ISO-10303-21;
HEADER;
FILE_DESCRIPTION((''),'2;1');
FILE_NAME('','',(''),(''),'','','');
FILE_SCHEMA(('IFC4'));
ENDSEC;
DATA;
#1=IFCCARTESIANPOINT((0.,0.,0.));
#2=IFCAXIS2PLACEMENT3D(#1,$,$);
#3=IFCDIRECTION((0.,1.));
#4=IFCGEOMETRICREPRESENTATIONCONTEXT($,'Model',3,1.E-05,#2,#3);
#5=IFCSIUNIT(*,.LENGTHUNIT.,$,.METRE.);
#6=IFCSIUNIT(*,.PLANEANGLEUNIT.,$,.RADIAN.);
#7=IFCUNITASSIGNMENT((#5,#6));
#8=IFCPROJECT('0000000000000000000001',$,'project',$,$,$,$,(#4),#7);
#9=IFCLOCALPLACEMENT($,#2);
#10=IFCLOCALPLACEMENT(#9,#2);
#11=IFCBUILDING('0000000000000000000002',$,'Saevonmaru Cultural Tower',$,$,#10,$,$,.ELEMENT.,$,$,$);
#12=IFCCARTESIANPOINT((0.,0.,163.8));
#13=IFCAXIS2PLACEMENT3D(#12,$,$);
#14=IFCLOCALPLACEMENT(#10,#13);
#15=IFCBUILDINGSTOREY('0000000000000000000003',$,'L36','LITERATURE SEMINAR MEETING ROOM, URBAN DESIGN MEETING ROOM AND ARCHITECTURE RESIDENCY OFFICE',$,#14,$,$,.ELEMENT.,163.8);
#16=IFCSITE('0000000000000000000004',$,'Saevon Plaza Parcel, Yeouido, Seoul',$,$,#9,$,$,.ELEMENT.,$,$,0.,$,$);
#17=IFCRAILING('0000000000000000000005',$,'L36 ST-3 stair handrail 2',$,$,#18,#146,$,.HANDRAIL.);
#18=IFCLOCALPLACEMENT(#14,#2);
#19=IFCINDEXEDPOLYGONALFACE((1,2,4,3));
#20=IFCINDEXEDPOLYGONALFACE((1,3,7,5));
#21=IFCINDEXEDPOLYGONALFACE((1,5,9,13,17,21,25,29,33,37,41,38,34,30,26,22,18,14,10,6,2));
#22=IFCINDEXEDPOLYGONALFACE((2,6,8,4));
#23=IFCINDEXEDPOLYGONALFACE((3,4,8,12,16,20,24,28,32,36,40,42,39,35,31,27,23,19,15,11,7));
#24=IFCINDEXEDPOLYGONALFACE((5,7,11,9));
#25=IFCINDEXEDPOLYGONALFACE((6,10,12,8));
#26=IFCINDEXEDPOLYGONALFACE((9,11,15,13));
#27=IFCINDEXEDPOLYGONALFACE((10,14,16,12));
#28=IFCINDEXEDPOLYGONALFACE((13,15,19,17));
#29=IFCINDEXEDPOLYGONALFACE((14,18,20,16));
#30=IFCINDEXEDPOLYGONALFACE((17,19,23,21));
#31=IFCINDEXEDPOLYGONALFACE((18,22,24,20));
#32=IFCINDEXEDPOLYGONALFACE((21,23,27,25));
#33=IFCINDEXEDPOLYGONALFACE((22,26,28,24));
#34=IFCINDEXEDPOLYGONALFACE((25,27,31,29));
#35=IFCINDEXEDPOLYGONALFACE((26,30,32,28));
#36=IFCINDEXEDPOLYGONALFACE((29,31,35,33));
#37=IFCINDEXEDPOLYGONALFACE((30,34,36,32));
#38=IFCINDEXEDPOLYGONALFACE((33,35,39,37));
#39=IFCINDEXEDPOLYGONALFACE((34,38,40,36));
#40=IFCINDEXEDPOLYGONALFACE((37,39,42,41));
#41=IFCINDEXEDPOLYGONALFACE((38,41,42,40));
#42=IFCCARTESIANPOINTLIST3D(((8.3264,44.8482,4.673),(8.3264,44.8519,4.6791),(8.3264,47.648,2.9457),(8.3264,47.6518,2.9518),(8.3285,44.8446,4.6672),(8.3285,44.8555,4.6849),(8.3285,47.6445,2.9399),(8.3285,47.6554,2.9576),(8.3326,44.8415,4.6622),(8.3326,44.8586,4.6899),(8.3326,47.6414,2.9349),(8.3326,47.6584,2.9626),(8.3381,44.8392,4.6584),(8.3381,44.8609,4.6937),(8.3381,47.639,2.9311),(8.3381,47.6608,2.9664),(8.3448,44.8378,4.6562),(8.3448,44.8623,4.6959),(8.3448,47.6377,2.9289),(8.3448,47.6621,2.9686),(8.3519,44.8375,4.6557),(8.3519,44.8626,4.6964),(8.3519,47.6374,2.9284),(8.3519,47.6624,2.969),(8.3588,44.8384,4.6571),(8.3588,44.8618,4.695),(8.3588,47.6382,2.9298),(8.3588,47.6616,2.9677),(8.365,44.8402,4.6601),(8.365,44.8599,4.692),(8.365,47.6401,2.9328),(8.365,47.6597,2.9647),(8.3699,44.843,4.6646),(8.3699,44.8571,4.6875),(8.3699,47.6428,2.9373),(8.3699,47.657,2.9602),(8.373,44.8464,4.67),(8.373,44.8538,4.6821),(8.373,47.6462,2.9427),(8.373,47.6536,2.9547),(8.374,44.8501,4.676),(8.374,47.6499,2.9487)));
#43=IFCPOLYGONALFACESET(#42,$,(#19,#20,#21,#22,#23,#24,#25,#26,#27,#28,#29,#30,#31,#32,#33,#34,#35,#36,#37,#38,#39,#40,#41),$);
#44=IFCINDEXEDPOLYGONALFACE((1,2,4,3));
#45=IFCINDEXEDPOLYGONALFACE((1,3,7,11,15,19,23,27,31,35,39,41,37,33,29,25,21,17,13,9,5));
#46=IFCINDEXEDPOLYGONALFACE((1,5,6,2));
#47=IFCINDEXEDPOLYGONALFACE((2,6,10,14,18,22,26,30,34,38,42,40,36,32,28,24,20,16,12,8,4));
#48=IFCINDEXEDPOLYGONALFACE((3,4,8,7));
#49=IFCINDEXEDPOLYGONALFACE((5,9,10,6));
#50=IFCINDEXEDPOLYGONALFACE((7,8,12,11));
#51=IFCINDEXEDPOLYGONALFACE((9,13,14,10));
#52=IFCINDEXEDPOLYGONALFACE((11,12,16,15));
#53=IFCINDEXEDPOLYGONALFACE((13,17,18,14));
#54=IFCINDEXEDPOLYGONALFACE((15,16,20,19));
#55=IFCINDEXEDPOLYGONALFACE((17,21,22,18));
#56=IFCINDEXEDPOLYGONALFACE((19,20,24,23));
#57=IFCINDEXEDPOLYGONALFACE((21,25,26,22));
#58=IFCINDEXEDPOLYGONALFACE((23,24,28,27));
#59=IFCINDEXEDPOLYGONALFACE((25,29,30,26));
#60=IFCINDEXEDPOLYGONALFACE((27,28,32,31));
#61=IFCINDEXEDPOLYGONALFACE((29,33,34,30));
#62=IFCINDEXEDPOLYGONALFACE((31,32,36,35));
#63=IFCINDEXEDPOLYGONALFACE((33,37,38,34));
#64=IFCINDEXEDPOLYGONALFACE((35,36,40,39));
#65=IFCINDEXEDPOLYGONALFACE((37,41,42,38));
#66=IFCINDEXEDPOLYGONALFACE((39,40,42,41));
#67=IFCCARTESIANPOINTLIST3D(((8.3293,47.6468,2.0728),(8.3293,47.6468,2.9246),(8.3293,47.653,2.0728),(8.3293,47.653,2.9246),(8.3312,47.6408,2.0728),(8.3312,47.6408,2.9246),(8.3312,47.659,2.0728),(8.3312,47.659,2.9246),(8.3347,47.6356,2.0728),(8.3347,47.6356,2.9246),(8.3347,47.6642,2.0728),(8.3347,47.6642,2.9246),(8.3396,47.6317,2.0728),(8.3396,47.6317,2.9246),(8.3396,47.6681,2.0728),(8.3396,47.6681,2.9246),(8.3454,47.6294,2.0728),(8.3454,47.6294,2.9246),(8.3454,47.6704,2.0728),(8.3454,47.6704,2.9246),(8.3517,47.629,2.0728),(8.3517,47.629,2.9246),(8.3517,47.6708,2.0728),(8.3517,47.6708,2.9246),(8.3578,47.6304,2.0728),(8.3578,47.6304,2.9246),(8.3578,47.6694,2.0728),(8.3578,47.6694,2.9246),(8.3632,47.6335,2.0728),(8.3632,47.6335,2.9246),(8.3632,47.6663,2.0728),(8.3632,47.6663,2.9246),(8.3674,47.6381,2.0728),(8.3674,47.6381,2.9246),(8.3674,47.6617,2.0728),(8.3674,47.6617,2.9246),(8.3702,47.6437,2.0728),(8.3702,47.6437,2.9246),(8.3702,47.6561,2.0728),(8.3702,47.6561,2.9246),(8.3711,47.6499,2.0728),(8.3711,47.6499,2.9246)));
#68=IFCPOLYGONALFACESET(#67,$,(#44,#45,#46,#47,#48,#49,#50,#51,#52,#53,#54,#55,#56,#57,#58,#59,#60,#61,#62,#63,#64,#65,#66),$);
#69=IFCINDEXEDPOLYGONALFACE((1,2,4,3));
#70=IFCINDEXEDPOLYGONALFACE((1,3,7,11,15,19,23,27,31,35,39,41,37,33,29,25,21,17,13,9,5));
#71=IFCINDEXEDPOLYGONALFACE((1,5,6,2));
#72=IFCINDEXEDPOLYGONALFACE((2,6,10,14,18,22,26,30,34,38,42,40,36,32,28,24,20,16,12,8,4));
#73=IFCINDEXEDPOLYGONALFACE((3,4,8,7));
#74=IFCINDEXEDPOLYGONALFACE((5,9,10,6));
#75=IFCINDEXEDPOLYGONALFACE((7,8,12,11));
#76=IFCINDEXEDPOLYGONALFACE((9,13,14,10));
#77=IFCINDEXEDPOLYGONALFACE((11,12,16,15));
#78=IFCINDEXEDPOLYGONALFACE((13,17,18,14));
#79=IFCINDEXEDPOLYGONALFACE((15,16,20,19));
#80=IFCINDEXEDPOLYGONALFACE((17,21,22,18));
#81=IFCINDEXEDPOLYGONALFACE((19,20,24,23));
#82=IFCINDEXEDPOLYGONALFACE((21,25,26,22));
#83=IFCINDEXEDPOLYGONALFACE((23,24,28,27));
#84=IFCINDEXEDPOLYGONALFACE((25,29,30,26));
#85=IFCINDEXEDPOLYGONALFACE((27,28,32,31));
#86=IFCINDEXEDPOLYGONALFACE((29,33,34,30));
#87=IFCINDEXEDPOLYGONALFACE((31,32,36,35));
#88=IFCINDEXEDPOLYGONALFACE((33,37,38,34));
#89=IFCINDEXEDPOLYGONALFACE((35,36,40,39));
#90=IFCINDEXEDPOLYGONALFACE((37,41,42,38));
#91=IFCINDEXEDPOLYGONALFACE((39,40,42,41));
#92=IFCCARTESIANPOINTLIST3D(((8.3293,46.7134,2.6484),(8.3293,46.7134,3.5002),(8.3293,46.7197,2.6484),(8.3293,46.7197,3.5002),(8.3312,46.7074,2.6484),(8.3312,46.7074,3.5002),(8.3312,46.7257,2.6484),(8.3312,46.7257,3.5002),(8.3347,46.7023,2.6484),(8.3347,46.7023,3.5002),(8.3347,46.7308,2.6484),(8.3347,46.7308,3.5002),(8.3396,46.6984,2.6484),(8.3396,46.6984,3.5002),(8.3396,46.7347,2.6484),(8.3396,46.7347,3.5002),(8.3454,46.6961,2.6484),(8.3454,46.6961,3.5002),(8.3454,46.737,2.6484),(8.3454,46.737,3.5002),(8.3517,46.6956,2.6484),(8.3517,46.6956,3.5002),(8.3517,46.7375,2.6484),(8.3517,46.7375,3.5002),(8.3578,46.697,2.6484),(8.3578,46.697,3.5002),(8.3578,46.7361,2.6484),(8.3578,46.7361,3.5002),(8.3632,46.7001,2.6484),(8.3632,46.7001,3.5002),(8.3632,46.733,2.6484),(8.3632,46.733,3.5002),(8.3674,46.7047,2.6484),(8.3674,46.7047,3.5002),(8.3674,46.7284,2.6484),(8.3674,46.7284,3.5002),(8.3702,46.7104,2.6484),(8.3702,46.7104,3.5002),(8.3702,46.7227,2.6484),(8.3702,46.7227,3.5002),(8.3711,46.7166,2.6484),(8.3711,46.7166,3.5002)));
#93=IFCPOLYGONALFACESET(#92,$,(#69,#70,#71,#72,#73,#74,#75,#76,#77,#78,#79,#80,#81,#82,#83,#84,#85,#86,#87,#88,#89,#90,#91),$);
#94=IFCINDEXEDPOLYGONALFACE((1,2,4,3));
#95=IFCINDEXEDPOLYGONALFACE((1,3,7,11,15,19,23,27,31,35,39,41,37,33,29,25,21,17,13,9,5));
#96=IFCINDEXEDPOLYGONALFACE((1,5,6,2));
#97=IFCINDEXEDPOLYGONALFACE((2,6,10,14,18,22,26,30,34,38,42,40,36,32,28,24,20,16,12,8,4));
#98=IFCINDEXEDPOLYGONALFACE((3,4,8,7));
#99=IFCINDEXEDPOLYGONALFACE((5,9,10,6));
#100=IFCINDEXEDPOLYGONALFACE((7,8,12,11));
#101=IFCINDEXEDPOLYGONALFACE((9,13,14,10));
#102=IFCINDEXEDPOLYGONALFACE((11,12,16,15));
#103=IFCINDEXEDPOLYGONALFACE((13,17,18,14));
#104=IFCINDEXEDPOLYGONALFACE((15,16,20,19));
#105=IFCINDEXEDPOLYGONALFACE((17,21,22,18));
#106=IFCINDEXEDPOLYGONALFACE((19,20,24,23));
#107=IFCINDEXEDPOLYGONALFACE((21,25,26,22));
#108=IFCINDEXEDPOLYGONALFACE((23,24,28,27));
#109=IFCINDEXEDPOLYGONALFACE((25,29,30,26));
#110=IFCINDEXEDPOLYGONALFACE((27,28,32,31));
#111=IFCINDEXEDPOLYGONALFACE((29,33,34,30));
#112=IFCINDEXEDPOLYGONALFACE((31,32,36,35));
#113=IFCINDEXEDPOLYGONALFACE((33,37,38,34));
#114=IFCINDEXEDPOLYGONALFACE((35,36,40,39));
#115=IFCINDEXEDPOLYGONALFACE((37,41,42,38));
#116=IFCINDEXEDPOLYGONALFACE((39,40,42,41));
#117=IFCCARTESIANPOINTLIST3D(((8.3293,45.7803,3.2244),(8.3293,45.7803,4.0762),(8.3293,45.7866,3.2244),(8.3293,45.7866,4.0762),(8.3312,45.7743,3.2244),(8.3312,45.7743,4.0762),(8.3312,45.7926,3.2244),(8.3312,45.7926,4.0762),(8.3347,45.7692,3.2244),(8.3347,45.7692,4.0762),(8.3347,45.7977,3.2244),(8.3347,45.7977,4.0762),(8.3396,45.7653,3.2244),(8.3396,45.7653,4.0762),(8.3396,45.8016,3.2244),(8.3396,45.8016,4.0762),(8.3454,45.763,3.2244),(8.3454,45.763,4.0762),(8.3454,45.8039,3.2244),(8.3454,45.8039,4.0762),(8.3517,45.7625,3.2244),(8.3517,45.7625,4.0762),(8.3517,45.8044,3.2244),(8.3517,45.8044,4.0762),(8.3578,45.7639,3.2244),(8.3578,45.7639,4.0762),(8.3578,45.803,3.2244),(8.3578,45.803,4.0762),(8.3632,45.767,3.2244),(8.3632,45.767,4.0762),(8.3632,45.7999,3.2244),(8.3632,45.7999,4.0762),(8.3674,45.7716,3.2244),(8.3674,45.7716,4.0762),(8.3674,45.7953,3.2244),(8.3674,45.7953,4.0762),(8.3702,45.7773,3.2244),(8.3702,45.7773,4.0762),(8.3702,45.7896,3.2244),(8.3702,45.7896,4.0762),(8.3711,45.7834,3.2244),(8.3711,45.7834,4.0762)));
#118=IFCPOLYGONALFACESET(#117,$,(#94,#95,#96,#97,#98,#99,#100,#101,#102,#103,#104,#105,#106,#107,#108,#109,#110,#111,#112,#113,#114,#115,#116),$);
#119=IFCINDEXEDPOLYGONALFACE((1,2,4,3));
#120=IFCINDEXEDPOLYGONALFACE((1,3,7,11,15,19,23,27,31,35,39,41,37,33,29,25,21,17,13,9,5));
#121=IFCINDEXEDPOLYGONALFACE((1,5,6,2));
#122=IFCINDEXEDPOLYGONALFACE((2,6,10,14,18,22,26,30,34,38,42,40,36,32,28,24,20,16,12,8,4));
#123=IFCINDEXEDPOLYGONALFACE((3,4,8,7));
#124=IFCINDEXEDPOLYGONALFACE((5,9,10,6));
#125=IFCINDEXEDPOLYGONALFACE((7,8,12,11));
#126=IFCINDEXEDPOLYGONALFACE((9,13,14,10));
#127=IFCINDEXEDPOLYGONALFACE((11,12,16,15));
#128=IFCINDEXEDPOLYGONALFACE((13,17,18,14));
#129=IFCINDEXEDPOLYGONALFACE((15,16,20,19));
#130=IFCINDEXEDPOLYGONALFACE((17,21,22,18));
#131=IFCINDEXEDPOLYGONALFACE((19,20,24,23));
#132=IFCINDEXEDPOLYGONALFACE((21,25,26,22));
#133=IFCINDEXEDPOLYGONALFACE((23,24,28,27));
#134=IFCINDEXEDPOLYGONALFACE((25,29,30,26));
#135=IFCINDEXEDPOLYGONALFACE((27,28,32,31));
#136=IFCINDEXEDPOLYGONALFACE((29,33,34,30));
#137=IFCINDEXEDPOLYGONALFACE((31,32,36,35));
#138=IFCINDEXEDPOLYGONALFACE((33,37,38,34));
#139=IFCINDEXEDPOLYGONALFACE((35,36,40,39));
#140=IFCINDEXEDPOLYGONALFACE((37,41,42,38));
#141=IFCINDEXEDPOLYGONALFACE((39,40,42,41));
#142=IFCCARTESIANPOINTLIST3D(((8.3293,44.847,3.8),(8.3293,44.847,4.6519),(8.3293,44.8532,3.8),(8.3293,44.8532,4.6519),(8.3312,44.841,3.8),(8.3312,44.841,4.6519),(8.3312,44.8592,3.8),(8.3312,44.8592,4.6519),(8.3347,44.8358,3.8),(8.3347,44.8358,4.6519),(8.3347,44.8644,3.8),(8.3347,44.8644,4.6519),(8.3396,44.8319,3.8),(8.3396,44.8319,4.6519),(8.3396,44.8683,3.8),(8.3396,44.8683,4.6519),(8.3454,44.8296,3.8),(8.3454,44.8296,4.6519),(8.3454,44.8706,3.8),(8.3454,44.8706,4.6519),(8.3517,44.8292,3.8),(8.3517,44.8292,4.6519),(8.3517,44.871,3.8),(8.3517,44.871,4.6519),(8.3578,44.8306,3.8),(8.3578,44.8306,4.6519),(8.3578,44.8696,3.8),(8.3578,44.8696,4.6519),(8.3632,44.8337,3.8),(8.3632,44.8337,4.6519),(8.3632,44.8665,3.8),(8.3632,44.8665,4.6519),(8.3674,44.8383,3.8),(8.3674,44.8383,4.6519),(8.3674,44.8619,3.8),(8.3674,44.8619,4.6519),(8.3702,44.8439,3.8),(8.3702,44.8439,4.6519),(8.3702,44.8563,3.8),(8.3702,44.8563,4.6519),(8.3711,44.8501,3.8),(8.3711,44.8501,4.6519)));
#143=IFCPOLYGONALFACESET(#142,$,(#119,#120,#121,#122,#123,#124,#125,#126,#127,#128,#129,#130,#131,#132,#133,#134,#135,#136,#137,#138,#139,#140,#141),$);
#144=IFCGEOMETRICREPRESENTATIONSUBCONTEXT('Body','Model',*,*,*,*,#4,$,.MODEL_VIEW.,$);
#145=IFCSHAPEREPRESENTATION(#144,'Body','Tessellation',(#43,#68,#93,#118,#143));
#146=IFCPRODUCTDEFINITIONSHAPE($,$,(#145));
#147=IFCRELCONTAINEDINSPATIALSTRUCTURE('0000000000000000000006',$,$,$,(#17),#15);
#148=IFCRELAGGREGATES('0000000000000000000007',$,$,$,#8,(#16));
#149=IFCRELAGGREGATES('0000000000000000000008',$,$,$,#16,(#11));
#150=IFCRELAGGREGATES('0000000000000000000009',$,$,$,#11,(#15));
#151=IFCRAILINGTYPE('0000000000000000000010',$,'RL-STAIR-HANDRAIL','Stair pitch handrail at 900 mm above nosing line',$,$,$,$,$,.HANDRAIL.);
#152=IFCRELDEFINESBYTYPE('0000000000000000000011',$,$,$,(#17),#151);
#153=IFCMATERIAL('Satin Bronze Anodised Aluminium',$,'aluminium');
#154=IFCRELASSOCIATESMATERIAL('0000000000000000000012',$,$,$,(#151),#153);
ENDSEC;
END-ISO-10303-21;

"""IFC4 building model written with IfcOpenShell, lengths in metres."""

from ifc_helpers import new_model, si_unit, direction, frame, origin, origin_2d, place, context, subcontext, project, spatial, circle, extrude, material, type_object, element, save


model = new_model("IFC4")

# Units and contexts
model_context = context("Model", 3, precision=1e-05, world=origin(), true_north=direction((0.0, 1.0)))
body_context = subcontext(model_context, "Body", "Model", "MODEL_VIEW")
ifc_project = project(units=[si_unit("LENGTHUNIT", "METRE"), si_unit("PLANEANGLEUNIT", "RADIAN")], contexts=[model_context])

# Site, building, storey
site_placement = place(None, origin())
site = spatial("IfcSite", under=ifc_project, at=site_placement, Name="Saevon Plaza Parcel, Yeouido, Seoul", CompositionType="ELEMENT", RefElevation=0.0)
building_placement = place(site_placement, origin())
building = spatial("IfcBuilding", under=site, at=building_placement, Name="Saevonmaru Cultural Tower", CompositionType="ELEMENT")
storey_placement = place(building_placement, frame((0.0, 0.0, 163.8)))
storey = spatial("IfcBuildingStorey", under=building, at=storey_placement, Name="L36", Description="LITERATURE SEMINAR MEETING ROOM, URBAN DESIGN MEETING ROOM AND ARCHITECTURE RESIDENCY OFFICE", CompositionType="ELEMENT", Elevation=163.8)

# Shared definitions
ifc_material_1 = material(Name="Satin Bronze Anodised Aluminium", Category="aluminium")

# Railing
railing_type_1 = type_object("IfcRailingType", Name="RL-STAIR-HANDRAIL", Description="Stair pitch handrail at 900 mm above nosing line", PredefinedType="HANDRAIL", material=ifc_material_1)
railing_1_placement = place(storey_placement, frame((8.3501, 47.6499, 2.0728)))
element("IfcRailing", 1, at=railing_1_placement, inside=storey, type_object=railing_type_1, Name="L36 ST-3 stair handrail 2", PredefinedType="HANDRAIL", context=body_context, shape_type="SweptSolid", body=[
    extrude(circle(Radius=0.0239, at=origin_2d()), frame((0.0, 0.0, 0.876), z_axis=(0.0, -0.851069, 0.525054), x_axis=(1.0, 0.0, 0.0)), (0.0, 0.0, 1.0), 3.2898),
    extrude(circle(Radius=0.021, at=origin_2d()), origin(), (0.0, 0.0, 1.0), 0.8518),
    extrude(circle(Radius=0.021, at=origin_2d()), frame((0.0, -0.9333, 0.5757)), (0.0, 0.0, 1.0), 0.8518),
    extrude(circle(Radius=0.021, at=origin_2d()), frame((0.0, -1.8665, 1.1516)), (0.0, 0.0, 1.0), 0.8518),
    extrude(circle(Radius=0.021, at=origin_2d()), frame((0.0, -2.7998, 1.7273)), (0.0, 0.0, 1.0), 0.8518),
])

save(model, "model.ifc")
